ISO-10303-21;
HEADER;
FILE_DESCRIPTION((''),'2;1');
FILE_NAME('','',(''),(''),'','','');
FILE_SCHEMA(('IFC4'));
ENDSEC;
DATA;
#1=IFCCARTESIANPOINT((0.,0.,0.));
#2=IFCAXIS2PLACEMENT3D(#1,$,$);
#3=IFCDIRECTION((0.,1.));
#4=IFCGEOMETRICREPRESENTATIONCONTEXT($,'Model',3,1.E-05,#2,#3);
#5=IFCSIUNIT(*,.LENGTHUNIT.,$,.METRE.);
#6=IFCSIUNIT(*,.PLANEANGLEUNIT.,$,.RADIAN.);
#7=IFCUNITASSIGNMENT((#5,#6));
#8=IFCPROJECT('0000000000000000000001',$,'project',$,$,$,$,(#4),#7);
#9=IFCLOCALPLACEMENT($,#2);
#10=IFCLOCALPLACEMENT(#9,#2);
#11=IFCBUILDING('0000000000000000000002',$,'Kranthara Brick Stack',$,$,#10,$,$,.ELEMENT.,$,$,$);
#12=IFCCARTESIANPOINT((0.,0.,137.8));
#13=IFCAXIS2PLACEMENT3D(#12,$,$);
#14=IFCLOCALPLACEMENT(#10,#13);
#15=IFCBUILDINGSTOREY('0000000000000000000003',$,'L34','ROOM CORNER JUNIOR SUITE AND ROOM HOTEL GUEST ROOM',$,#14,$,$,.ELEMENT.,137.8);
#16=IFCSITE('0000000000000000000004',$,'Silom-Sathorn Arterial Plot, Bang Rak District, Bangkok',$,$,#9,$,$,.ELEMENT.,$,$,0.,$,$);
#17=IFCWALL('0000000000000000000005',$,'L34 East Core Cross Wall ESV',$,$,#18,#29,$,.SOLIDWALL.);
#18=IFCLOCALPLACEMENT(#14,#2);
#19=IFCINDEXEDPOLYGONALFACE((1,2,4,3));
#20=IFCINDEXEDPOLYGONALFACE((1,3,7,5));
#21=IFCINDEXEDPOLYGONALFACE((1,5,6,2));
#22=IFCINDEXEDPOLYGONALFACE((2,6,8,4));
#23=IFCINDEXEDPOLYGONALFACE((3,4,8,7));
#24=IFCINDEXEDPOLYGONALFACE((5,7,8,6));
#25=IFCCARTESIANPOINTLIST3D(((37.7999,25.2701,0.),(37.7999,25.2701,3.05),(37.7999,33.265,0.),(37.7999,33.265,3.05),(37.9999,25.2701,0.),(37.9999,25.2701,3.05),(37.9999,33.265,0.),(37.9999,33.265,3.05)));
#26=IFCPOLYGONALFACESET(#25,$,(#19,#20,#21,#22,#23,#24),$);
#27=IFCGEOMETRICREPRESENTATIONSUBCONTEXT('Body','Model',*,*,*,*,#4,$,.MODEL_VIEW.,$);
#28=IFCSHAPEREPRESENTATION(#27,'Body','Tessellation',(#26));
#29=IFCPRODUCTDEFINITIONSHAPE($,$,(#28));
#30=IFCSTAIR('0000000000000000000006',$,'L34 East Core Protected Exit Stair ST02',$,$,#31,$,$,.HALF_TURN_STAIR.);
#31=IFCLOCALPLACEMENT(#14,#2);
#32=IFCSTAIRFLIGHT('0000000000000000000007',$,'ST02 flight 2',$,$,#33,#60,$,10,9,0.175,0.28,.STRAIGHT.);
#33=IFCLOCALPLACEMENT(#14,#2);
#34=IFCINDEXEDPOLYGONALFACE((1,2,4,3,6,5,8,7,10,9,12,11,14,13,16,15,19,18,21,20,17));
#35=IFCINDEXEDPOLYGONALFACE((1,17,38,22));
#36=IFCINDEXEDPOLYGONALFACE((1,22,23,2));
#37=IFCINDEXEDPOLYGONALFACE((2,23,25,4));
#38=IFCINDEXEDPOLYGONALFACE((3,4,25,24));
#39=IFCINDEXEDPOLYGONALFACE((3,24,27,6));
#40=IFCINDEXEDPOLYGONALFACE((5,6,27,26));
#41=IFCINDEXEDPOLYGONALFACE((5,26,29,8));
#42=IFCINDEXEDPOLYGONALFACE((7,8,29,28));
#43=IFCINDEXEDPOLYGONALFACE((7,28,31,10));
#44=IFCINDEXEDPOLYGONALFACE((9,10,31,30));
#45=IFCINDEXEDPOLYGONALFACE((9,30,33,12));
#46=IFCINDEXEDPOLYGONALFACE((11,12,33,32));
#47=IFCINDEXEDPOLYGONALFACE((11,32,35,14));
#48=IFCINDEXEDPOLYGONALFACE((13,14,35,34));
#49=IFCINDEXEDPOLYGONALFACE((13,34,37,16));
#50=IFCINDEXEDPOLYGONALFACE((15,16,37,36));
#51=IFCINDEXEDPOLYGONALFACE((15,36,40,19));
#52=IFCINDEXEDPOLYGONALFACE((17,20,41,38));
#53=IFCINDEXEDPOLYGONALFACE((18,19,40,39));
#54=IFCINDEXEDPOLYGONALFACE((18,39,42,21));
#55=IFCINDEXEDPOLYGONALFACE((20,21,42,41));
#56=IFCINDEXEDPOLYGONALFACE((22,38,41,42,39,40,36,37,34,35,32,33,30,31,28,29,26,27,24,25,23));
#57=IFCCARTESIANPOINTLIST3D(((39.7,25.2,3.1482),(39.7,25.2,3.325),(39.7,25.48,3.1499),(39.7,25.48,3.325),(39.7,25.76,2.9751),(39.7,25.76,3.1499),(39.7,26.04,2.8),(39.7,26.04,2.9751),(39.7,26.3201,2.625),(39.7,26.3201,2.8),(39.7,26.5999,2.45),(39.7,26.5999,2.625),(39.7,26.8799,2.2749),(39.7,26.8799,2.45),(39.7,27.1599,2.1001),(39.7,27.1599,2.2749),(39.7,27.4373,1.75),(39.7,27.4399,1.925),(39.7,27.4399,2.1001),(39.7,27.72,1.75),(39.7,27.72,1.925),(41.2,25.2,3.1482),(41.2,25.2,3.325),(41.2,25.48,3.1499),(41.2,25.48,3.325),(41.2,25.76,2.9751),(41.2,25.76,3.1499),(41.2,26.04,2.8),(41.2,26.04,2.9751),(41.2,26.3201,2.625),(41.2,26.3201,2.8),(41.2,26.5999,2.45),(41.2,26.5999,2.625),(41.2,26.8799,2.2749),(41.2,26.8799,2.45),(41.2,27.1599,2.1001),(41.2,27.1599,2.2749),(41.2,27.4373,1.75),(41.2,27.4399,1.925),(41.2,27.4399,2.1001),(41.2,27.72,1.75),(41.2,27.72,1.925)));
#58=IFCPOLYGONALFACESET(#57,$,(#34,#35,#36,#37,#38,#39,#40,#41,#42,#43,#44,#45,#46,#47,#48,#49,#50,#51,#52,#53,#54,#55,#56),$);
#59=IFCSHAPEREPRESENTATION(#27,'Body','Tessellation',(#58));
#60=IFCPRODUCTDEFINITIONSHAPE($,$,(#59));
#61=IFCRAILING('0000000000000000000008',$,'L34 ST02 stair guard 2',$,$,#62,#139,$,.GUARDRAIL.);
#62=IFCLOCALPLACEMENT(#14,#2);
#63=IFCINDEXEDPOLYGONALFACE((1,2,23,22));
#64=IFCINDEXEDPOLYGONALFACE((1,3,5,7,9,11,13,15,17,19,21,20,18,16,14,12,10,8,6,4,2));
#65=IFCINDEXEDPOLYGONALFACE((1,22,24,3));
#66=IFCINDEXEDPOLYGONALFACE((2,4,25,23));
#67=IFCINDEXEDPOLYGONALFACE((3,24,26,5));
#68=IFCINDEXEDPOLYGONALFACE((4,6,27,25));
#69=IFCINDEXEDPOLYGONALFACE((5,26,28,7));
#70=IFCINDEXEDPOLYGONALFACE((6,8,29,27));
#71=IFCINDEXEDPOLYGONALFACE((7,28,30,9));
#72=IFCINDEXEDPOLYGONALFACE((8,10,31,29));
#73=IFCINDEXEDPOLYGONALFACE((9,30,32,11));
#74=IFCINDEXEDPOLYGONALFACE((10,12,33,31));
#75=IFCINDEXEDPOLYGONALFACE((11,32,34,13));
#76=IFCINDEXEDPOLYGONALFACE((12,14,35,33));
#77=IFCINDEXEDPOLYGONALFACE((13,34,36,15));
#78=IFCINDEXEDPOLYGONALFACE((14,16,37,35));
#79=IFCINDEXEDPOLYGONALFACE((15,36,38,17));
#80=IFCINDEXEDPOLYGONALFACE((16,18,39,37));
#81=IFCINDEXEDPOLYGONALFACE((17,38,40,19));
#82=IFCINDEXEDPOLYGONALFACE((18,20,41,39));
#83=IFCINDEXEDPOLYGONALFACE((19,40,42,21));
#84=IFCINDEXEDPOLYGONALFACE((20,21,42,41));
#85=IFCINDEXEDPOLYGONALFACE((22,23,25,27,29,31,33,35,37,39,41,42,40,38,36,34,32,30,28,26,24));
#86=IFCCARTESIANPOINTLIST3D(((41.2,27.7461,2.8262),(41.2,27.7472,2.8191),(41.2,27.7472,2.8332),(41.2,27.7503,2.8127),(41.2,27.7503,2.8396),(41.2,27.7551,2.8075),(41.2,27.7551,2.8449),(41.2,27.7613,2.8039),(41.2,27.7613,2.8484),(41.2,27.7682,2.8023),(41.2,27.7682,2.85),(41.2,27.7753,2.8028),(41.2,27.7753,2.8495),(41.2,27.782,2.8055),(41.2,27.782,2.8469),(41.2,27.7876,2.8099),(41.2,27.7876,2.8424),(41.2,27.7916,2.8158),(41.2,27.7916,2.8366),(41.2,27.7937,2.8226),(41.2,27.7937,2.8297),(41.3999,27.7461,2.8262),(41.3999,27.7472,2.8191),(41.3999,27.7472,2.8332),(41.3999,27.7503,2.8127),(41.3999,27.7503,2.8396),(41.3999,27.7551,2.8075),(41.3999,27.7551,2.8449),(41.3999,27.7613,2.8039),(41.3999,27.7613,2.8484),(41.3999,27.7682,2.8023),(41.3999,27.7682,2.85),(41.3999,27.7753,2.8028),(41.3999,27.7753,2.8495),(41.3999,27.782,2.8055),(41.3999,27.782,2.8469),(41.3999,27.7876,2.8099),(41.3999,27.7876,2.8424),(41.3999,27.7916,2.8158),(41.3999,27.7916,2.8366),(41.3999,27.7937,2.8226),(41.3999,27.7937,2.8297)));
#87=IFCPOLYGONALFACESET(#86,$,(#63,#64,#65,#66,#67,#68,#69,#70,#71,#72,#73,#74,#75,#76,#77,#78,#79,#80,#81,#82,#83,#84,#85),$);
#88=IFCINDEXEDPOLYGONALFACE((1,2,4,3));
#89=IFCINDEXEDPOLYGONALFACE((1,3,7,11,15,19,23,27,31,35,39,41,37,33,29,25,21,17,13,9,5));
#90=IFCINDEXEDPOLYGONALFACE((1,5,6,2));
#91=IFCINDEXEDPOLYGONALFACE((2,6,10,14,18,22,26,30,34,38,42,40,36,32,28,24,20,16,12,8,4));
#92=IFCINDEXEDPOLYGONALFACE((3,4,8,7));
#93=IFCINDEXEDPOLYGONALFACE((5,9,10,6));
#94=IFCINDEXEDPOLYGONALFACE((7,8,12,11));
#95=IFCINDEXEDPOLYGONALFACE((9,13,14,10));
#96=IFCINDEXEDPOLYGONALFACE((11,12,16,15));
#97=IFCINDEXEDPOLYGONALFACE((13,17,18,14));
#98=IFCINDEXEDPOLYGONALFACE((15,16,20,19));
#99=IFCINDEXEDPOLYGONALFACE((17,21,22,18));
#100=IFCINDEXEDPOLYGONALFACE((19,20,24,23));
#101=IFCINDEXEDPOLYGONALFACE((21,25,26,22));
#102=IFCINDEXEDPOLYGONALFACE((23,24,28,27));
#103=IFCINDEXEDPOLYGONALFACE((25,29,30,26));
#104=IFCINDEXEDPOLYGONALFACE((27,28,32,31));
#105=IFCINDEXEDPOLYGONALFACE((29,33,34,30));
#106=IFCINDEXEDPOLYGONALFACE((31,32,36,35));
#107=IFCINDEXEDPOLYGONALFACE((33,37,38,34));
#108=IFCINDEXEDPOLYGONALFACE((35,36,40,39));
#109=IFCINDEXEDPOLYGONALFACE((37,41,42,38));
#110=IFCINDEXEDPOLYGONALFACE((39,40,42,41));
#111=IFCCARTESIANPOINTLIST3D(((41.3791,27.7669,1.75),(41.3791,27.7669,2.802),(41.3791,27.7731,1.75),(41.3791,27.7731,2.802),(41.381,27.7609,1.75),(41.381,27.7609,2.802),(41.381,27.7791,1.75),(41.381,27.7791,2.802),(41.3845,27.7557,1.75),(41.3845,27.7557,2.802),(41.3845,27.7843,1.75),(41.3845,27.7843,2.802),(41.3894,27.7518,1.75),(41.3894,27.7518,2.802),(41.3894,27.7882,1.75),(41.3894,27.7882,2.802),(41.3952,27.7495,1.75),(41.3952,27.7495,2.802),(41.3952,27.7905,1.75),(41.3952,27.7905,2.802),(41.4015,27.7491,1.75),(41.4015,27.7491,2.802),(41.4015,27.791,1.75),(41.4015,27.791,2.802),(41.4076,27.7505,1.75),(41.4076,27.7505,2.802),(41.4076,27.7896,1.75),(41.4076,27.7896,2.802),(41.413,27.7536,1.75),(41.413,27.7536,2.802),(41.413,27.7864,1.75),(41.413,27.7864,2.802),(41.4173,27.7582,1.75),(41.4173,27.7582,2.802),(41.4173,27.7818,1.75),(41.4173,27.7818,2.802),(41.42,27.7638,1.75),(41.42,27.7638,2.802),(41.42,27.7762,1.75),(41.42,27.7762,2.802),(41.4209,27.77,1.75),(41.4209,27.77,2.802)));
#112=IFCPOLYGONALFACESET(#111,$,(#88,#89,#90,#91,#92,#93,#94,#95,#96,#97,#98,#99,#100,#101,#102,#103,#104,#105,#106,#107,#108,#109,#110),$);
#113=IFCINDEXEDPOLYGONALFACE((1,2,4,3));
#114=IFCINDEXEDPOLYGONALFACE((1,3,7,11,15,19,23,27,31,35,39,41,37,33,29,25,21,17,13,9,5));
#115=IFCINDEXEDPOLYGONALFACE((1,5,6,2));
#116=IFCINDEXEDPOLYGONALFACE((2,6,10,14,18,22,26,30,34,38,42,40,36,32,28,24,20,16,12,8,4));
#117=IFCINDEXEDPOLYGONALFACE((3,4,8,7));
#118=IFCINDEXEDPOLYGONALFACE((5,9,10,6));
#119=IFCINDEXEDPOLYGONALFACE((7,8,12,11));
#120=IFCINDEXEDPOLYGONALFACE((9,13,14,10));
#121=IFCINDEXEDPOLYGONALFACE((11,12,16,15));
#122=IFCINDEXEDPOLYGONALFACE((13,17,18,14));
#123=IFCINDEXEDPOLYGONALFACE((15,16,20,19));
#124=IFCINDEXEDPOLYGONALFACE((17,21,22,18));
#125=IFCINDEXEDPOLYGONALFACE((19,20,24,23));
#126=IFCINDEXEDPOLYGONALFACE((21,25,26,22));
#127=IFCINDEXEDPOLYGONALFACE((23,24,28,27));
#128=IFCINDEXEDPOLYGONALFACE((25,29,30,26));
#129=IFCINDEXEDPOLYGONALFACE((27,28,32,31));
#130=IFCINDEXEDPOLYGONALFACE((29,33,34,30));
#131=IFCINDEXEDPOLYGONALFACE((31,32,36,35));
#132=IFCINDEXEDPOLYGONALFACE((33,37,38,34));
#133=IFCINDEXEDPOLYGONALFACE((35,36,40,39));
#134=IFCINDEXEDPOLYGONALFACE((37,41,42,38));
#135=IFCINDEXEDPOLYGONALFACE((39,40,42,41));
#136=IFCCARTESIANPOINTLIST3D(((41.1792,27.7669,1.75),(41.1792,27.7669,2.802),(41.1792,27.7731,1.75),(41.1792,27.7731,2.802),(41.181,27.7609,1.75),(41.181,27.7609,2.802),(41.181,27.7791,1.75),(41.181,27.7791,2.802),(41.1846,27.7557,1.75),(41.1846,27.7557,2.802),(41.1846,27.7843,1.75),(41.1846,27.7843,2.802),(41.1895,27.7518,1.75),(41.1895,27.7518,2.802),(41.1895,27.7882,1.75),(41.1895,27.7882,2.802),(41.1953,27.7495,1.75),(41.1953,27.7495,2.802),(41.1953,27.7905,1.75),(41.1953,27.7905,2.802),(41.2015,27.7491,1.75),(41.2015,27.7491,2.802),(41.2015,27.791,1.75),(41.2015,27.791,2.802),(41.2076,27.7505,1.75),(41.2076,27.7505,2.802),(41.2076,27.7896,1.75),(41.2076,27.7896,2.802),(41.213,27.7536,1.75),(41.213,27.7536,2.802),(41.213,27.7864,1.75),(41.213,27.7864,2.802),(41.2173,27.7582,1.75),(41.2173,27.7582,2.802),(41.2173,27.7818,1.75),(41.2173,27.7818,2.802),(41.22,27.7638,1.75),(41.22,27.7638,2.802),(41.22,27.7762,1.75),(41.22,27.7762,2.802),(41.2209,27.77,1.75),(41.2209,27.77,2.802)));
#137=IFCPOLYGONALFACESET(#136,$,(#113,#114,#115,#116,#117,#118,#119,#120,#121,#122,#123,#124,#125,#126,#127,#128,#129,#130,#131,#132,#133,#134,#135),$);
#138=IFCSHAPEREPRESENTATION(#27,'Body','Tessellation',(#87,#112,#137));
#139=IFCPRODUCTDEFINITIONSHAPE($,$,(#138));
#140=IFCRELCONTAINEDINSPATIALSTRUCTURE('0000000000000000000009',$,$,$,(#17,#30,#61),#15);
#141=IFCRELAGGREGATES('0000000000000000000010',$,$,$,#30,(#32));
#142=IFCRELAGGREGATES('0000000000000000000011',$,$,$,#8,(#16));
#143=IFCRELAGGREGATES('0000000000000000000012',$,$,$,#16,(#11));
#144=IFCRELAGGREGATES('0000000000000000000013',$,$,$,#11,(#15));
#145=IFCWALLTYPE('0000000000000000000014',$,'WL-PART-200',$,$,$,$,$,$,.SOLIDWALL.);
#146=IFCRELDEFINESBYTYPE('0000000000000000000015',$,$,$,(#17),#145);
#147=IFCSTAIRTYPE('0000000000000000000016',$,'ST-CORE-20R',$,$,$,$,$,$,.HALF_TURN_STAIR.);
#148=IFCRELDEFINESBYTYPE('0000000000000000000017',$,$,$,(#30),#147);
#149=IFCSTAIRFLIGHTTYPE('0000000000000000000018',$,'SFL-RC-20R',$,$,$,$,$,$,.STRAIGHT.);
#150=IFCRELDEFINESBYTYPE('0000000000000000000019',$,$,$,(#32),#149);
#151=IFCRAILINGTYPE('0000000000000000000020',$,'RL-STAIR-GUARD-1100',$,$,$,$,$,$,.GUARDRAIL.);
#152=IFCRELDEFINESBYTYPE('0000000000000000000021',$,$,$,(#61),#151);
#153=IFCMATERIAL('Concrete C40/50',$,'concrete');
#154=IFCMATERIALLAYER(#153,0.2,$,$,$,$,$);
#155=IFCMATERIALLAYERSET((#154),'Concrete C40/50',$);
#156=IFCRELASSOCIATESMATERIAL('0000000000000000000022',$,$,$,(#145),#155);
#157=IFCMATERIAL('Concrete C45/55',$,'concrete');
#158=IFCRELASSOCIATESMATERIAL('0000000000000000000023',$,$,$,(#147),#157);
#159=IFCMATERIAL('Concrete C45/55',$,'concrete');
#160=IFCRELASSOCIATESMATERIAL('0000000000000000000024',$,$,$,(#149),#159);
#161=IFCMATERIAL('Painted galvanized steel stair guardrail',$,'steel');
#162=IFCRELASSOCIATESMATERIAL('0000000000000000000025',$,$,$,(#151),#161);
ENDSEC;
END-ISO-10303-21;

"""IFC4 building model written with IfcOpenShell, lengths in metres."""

from ifc_helpers import new_model, si_unit, direction, frame, frame_2d, origin, origin_2d, place, context, subcontext, project, spatial, polyline, rectangle, circle, outline, extrude, material, layer, layer_set, type_object, element, aggregate, save


model = new_model("IFC4")

# Units and contexts
model_context = context("Model", 3, precision=1e-05, world=origin(), true_north=direction((0.0, 1.0)))
body_context = subcontext(model_context, "Body", "Model", "MODEL_VIEW")
ifc_project = project(units=[si_unit("LENGTHUNIT", "METRE"), si_unit("PLANEANGLEUNIT", "RADIAN")], contexts=[model_context])

# Site, building, storey
site_placement = place(None, origin())
site = spatial("IfcSite", under=ifc_project, at=site_placement, Name="Silom-Sathorn Arterial Plot, Bang Rak District, Bangkok", CompositionType="ELEMENT", RefElevation=0.0)
building_placement = place(site_placement, origin())
building = spatial("IfcBuilding", under=site, at=building_placement, Name="Kranthara Brick Stack", CompositionType="ELEMENT")
storey_placement = place(building_placement, frame((0.0, 0.0, 137.8)))
storey = spatial("IfcBuildingStorey", under=building, at=storey_placement, Name="L34", Description="ROOM CORNER JUNIOR SUITE AND ROOM HOTEL GUEST ROOM", CompositionType="ELEMENT", Elevation=137.8)

# Wall
ifc_material_1 = material(Name="Concrete C40/50", Category="concrete")
ifc_layer_1 = layer(ifc_material_1, 0.2)
ifc_layer_set_1 = layer_set([ifc_layer_1], Name="Concrete C40/50")
wall_type_1 = type_object("IfcWallType", Name="WL-PART-200", PredefinedType="SOLIDWALL", material=ifc_layer_set_1)
wall_1_placement = place(storey_placement, frame((37.8999, 25.27, 0.0), z_axis=(0.0, 0.0, 1.0), x_axis=(0.0, 1.0, 0.0)))
element("IfcWall", 1, at=wall_1_placement, inside=storey, type_object=wall_type_1, Name="L34 East Core Cross Wall ESV", PredefinedType="SOLIDWALL", context=body_context, shape_type="SweptSolid", body=[
    extrude(rectangle(XDim=7.9949, YDim=0.2, at=frame_2d((3.9976, 0.0))), origin(), (0.0, 0.0, 1.0), 3.05),
])

# Stair, stair flight
ifc_material_2 = material(Name="Concrete C45/55", Category="concrete")
stair_type = type_object("IfcStairType", Name="ST-CORE-20R", PredefinedType="HALF_TURN_STAIR", material=ifc_material_2)
stair_placement = place(storey_placement, origin())
stair = element("IfcStair", 2, at=stair_placement, inside=storey, type_object=stair_type, Name="L34 East Core Protected Exit Stair ST02", PredefinedType="HALF_TURN_STAIR")
ifc_material_3 = material(Name="Concrete C45/55", Category="concrete")
stair_flight_type = type_object("IfcStairFlightType", Name="SFL-RC-20R", PredefinedType="STRAIGHT", material=ifc_material_3)
stair_flight_placement = place(storey_placement, frame((40.45, 27.72, 1.75), z_axis=(0.0, 0.0, 1.0), x_axis=(0.0, -1.0, 0.0)))
stair_flight = element("IfcStairFlight", 3, at=stair_flight_placement, type_object=stair_flight_type, Name="ST02 flight 2", NumberOfRisers=10, NumberOfTreads=9, PredefinedType="STRAIGHT", RiserHeight=0.175, TreadLength=0.28, context=body_context, shape_type="SweptSolid", body=[
    extrude(outline(polyline([(0.0, 0.0), (0.0, 0.175), (0.28, 0.175), (0.28, 0.3501), (0.5601, 0.3501), (0.5601, 0.5249), (0.8401, 0.5249), (0.8401, 0.7), (1.1201, 0.7), (1.1201, 0.875), (1.3999, 0.875), (1.3999, 1.05), (1.6799, 1.05), (1.6799, 1.2251), (1.96, 1.2251), (1.96, 1.3999), (2.24, 1.3999), (2.24, 1.575), (2.52, 1.575), (2.52, 1.75), (2.52, 1.3982), (0.2827, 0.0), (0.0, 0.0)])), frame((0.0, 0.75, 0.0), z_axis=(0.0, -1.0, 0.0), x_axis=(1.0, 0.0, 0.0)), (0.0, 0.0, 1.0), 1.5),
])
aggregate(stair, [stair_flight])

# Railing
ifc_material_4 = material(Name="Painted galvanized steel stair guardrail", Category="steel")
railing_type_1 = type_object("IfcRailingType", Name="RL-STAIR-GUARD-1100", PredefinedType="GUARDRAIL", material=ifc_material_4)
railing_1_placement = place(storey_placement, frame((41.3999, 27.77, 1.75)))
element("IfcRailing", 4, at=railing_1_placement, inside=storey, type_object=railing_type_1, Name="L34 ST02 stair guard 2", PredefinedType="GUARDRAIL", context=body_context, shape_type="SweptSolid", body=[
    extrude(circle(Radius=0.0239, at=origin_2d()), frame((0.0, 0.0, 1.0762), z_axis=(-1.0, 0.0, 0.0), x_axis=(0.0, -1.0, 0.0)), (0.0, 0.0, 1.0), 0.2),
    extrude(circle(Radius=0.021, at=origin_2d()), origin(), (0.0, 0.0, 1.0), 1.052),
    extrude(circle(Radius=0.021, at=origin_2d()), frame((-0.2, 0.0, 0.0)), (0.0, 0.0, 1.0), 1.052),
])

save(model, "model.ifc")
